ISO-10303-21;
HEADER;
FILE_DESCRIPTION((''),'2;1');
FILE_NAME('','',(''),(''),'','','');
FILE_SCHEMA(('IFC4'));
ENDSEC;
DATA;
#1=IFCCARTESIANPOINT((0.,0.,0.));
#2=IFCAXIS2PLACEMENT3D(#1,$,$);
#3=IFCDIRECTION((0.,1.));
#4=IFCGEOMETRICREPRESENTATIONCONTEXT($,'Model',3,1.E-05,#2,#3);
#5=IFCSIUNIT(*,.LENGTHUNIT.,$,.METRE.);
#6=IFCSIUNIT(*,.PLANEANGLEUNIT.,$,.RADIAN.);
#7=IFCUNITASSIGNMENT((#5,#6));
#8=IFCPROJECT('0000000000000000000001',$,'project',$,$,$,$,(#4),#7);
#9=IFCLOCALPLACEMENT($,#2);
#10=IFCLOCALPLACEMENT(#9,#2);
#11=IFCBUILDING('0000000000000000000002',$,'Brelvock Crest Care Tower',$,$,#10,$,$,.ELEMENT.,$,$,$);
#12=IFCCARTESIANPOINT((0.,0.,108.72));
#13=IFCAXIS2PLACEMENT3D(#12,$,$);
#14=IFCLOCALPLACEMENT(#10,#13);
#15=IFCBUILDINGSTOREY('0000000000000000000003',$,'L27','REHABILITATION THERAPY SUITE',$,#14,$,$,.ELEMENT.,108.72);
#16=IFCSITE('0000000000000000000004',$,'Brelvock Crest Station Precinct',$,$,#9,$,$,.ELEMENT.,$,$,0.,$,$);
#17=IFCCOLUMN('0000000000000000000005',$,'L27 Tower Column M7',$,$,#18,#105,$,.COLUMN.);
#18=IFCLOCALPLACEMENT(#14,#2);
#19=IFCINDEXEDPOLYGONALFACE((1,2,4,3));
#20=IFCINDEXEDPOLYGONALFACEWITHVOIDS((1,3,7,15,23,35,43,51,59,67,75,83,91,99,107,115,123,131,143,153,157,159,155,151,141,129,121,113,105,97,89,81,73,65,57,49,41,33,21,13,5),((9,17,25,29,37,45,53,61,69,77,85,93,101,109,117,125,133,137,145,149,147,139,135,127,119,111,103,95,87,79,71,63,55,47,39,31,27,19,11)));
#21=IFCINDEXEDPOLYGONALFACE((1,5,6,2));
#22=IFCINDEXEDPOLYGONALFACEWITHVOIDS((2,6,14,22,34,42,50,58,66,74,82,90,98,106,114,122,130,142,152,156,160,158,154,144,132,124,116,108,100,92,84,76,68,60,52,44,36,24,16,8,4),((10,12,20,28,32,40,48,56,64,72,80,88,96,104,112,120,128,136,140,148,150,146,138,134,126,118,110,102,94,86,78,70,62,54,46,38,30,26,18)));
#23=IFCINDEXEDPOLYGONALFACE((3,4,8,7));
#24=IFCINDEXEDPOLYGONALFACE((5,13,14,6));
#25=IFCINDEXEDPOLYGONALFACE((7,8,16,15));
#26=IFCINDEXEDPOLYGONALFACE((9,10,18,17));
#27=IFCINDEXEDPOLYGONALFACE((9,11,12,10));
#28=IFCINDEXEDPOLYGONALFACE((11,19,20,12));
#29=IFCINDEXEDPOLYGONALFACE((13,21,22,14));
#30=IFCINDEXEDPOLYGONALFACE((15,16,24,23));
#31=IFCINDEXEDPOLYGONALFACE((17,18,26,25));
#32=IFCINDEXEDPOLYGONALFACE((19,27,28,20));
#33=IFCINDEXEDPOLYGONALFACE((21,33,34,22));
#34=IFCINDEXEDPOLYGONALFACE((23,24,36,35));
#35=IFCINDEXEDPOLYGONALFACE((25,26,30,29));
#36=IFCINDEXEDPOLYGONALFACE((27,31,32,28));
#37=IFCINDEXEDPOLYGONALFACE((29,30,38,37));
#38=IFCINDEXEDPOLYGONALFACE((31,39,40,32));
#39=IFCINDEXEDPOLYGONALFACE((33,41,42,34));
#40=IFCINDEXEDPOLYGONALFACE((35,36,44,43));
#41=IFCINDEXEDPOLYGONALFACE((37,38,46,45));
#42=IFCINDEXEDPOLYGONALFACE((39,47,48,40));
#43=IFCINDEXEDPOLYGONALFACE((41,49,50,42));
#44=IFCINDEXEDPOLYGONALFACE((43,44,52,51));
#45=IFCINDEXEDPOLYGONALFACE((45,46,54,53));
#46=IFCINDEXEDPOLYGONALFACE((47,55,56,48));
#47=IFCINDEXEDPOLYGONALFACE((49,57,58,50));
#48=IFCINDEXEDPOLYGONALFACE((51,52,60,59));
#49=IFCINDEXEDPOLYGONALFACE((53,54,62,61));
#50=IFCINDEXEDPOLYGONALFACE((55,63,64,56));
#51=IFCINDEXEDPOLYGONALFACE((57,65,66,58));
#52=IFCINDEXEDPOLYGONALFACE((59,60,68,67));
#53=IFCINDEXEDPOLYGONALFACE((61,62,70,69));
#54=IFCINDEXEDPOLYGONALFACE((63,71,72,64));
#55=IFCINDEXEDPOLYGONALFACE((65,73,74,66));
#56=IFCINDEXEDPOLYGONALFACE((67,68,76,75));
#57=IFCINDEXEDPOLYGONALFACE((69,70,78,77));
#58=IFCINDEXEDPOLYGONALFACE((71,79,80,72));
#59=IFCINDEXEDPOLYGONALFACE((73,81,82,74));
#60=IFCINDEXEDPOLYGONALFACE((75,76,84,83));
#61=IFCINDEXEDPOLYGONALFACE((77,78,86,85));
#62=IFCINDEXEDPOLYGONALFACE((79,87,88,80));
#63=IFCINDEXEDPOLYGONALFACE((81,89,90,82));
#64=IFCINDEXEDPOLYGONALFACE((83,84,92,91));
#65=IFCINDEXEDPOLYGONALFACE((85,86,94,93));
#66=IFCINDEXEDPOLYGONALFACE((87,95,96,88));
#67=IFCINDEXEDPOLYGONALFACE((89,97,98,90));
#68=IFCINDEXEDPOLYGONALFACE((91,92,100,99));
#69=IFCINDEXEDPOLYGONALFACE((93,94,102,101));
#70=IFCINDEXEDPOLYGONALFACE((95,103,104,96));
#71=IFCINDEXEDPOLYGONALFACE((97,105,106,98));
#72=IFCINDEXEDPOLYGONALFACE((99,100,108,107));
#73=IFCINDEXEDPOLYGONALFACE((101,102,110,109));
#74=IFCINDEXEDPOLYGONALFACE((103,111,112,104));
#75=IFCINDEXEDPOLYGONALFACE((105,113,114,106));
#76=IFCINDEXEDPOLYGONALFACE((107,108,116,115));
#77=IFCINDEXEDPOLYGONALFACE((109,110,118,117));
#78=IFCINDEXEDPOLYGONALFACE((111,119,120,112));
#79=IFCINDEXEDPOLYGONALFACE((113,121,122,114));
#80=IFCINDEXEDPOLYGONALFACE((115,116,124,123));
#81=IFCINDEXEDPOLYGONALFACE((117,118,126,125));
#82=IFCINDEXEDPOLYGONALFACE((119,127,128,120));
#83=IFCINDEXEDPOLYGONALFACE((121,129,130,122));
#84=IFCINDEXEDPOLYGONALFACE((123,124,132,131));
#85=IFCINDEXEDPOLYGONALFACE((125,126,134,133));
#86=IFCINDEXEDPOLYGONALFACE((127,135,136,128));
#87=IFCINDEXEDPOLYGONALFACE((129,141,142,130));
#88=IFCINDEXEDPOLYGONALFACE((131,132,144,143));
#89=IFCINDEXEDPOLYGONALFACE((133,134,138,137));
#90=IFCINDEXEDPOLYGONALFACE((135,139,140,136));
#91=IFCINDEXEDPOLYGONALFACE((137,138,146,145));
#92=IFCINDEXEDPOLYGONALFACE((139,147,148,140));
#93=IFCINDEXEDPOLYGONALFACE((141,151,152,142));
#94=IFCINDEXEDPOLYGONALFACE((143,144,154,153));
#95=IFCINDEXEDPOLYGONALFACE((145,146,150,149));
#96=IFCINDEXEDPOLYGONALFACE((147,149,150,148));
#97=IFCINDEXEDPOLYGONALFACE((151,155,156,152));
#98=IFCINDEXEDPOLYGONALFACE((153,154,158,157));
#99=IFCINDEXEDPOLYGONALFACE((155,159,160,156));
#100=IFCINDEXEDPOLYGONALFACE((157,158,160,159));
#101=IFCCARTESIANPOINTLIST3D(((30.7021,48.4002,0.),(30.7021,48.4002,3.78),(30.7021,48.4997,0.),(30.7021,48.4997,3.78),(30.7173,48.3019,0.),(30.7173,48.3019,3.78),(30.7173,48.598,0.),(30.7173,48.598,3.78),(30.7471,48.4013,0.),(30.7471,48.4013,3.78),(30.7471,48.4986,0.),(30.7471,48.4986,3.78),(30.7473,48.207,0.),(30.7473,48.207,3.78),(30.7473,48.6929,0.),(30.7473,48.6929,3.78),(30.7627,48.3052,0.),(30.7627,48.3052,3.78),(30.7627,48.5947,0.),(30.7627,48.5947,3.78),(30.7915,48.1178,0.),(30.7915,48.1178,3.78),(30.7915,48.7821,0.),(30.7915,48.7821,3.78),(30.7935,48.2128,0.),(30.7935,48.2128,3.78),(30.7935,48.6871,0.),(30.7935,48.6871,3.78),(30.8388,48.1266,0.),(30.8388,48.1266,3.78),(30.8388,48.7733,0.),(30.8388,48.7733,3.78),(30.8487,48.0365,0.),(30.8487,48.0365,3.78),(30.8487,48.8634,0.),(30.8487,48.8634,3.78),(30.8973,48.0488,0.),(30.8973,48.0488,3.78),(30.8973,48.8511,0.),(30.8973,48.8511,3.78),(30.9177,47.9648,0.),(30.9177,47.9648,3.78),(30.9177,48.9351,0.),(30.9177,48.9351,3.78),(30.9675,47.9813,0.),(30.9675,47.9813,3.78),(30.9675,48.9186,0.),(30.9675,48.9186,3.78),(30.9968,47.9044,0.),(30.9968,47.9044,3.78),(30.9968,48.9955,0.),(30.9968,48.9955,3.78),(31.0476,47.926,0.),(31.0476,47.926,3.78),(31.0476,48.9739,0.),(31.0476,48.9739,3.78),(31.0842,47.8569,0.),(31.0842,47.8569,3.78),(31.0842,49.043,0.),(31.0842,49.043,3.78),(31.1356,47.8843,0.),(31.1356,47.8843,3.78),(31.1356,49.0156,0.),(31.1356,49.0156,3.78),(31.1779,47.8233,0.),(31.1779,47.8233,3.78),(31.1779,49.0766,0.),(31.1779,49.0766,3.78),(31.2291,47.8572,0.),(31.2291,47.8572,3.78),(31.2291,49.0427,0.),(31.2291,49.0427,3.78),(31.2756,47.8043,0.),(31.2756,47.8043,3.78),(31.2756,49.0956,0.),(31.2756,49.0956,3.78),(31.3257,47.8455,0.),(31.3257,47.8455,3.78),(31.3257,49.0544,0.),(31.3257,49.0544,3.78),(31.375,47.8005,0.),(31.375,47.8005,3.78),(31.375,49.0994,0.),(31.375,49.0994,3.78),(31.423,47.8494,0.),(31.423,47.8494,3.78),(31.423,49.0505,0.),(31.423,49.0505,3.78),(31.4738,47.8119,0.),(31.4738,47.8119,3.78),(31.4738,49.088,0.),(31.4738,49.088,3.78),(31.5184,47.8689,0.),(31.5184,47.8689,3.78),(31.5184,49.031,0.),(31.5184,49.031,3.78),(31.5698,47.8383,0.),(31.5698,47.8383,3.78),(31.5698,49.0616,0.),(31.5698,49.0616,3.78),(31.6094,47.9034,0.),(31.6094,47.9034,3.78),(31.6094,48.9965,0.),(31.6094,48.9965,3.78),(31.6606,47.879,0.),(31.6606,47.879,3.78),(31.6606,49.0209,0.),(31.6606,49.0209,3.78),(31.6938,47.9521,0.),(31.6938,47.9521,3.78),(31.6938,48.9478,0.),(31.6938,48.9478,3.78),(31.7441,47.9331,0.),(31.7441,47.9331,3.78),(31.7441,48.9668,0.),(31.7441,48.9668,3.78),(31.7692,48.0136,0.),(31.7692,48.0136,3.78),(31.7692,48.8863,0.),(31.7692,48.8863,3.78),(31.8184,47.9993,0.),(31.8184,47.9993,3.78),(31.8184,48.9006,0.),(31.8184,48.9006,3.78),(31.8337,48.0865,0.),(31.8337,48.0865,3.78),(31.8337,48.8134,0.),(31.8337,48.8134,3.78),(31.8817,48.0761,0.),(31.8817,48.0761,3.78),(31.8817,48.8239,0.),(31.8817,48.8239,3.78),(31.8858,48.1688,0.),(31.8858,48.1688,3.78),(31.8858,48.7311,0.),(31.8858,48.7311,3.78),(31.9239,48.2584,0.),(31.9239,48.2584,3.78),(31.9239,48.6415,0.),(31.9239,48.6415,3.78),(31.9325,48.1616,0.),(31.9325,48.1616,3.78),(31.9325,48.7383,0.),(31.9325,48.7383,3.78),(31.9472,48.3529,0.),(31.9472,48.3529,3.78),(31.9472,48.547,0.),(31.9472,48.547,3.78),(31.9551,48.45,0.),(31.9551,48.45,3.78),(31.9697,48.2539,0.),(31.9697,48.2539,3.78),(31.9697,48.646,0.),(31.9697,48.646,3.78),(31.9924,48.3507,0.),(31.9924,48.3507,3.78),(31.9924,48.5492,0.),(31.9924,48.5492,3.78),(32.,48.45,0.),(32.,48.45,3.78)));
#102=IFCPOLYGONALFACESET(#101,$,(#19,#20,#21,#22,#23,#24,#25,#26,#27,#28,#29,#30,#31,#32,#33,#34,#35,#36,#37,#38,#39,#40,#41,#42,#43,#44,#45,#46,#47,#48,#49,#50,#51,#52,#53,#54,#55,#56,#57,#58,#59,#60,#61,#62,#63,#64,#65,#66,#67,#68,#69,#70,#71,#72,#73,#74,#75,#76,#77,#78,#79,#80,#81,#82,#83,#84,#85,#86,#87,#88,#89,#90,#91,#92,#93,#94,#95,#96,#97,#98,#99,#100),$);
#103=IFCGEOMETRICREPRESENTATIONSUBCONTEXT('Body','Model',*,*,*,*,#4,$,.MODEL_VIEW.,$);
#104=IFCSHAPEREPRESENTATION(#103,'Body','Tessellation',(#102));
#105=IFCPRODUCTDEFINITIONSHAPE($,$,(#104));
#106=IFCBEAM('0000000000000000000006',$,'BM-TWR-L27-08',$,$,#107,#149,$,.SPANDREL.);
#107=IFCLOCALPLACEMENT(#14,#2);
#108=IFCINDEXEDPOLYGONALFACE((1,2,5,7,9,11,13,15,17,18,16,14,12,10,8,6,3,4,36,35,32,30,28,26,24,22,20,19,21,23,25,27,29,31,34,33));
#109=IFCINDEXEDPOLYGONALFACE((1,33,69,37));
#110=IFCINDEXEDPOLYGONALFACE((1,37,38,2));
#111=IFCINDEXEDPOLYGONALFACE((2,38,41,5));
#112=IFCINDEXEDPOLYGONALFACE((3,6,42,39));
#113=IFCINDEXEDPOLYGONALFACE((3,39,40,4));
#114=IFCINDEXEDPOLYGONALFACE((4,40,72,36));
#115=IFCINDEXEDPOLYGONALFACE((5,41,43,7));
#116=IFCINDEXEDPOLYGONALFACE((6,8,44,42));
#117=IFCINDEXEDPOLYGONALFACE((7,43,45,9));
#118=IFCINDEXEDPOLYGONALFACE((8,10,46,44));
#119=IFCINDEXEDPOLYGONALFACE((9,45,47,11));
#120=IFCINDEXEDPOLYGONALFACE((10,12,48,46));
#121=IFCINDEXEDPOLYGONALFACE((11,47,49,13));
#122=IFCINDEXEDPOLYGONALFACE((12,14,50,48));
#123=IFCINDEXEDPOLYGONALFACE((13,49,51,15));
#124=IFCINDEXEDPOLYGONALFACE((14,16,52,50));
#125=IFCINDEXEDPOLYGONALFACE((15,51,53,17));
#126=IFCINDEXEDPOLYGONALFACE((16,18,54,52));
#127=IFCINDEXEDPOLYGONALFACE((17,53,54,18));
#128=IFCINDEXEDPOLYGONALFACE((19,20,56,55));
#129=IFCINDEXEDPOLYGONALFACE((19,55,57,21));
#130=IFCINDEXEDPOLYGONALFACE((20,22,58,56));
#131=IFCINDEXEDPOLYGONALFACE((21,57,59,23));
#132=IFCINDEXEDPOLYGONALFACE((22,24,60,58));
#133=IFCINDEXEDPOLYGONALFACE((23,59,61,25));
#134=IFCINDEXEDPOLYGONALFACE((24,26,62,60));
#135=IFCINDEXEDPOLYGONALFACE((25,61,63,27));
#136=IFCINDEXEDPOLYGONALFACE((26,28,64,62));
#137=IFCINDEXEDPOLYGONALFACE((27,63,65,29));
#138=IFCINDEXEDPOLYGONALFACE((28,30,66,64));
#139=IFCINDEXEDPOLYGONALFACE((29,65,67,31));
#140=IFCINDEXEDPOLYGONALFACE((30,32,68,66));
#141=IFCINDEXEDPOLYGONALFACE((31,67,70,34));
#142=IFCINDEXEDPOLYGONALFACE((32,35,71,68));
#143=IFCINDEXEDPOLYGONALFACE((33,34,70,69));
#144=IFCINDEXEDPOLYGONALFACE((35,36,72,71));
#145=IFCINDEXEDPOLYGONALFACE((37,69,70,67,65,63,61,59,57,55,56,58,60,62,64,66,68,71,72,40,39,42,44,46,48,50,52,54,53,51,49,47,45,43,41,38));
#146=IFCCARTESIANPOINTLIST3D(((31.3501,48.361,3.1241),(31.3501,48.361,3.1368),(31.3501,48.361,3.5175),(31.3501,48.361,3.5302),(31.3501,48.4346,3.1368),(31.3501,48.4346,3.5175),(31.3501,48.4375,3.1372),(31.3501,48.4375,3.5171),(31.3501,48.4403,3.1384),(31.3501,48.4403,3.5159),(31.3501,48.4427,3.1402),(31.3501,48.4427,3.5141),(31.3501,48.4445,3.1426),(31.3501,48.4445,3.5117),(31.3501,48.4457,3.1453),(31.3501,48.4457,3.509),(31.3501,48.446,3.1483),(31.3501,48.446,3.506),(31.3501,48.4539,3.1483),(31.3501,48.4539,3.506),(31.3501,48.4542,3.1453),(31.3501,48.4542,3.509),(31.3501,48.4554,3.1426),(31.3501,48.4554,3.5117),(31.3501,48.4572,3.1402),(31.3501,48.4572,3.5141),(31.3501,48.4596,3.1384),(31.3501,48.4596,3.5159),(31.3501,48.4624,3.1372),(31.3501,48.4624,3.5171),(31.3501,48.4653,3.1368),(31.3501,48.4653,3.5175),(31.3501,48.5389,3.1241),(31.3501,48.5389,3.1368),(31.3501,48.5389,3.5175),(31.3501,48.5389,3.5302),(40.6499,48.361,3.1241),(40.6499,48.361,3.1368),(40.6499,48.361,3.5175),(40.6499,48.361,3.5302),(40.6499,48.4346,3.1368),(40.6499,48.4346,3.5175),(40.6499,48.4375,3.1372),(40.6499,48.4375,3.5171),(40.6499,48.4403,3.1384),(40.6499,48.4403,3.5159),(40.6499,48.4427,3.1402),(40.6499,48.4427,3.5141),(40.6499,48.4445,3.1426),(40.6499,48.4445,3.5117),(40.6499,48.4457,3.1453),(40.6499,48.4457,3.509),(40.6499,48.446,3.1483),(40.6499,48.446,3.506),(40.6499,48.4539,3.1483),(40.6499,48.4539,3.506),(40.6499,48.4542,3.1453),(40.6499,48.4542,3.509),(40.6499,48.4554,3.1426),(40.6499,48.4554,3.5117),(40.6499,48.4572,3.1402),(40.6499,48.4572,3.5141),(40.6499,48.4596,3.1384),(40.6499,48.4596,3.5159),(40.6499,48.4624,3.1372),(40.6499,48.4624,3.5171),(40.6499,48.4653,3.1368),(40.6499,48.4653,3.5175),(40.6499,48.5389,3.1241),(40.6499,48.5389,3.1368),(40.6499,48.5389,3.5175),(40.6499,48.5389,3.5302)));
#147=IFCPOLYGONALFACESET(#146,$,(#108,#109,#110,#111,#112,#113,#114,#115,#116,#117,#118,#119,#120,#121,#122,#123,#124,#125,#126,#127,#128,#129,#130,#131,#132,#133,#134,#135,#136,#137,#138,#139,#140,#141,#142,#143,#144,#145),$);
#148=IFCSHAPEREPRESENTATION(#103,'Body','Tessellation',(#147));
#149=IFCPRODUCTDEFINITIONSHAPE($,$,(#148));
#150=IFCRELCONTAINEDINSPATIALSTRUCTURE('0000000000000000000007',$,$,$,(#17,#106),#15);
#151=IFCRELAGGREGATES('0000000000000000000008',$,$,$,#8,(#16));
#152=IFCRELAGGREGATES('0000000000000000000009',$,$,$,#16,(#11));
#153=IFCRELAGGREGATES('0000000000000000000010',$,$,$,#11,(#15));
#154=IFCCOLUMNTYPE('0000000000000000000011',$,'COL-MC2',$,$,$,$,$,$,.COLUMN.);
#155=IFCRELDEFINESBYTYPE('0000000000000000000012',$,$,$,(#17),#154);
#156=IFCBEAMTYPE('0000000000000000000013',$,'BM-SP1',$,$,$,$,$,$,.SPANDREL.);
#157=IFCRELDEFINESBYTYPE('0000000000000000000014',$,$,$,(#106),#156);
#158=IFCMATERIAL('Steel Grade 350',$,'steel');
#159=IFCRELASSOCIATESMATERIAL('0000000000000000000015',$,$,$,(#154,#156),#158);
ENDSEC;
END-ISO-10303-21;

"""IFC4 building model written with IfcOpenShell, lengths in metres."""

from ifc_helpers import new_model, si_unit, direction, frame, origin, origin_2d, place, context, subcontext, project, spatial, hollow_circle, i_section, extrude, source, transform, mapped, material, material_profile, profile_set, type_object, element, save


model = new_model("IFC4")

# Units and contexts
model_context = context("Model", 3, precision=1e-05, world=origin(), true_north=direction((0.0, 1.0)))
body_context = subcontext(model_context, "Body", "Model", "MODEL_VIEW")
ifc_project = project(units=[si_unit("LENGTHUNIT", "METRE"), si_unit("PLANEANGLEUNIT", "RADIAN")], contexts=[model_context])

# Site, building, storey
site_placement = place(None, origin())
site = spatial("IfcSite", under=ifc_project, at=site_placement, Name="Brelvock Crest Station Precinct", CompositionType="ELEMENT", RefElevation=0.0)
building_placement = place(site_placement, origin())
building = spatial("IfcBuilding", under=site, at=building_placement, Name="Brelvock Crest Care Tower", CompositionType="ELEMENT")
storey_placement = place(building_placement, frame((0.0, 0.0, 108.72)))
storey = spatial("IfcBuildingStorey", under=building, at=storey_placement, Name="L27", Description="REHABILITATION THERAPY SUITE", CompositionType="ELEMENT", Elevation=108.72)

# Column
ifc_material_1 = material(Name="Steel Grade 350", Category="steel")
ifc_material_profile_1 = material_profile(ifc_material_1, hollow_circle(Radius=0.6499, WallThickness=0.0449, at=origin_2d()), Name="CFT1300x45")
ifc_profile_set_1 = profile_set([ifc_material_profile_1], Name="Steel Grade 350")
column_type = type_object("IfcColumnType", Name="COL-MC2", PredefinedType="COLUMN", material=ifc_profile_set_1)
shared_shape_1 = source(origin(), body_context, "Body", "SweptSolid", [
    extrude(hollow_circle(Radius=0.6499, WallThickness=0.0449, at=origin_2d()), origin(), (0.0, 0.0, 1.0), 3.78),
])
column_placement = place(storey_placement, frame((31.3501, 48.45, 0.0), z_axis=(0.0, 0.0, 1.0), x_axis=(1.0, 0.0, 0.0)))
element("IfcColumn", 1, at=column_placement, inside=storey, type_object=column_type, Name="L27 Tower Column M7", PredefinedType="COLUMN", context=body_context, shape_type="MappedRepresentation", body=[
    mapped(shared_shape_1, transform((0.0, 0.0, 0.0), x_axis=(1.0, 0.0, 0.0), y_axis=(0.0, 1.0, 0.0), z_axis=(0.0, 0.0, 1.0), scale=1.0)),
])

# Beam
ifc_material_profile_2 = material_profile(ifc_material_1, i_section(OverallWidth=0.178, OverallDepth=0.406, WebThickness=0.0078, FlangeThickness=0.0127, FilletRadius=0.0115, at=origin_2d()), Name="410UB59.7")
ifc_profile_set_2 = profile_set([ifc_material_profile_2], Name="Steel Grade 350")
beam_type_1 = type_object("IfcBeamType", Name="BM-SP1", PredefinedType="SPANDREL", material=ifc_profile_set_2)
shared_shape_2 = source(origin(), body_context, "Body", "SweptSolid", [
    extrude(i_section(OverallWidth=0.178, OverallDepth=0.406, WebThickness=0.0078, FlangeThickness=0.0127, FilletRadius=0.0115, at=origin_2d()), origin(), (0.0, 0.0, 1.0), 9.2998),
])
beam_placement = place(storey_placement, frame((31.3501, 48.45, 3.3271), z_axis=(1.0, 0.0, 0.0), x_axis=(0.0, 1.0, 0.0)))
element("IfcBeam", 2, at=beam_placement, inside=storey, type_object=beam_type_1, Name="BM-TWR-L27-08", PredefinedType="SPANDREL", context=body_context, shape_type="MappedRepresentation", body=[
    mapped(shared_shape_2, transform((0.0, 0.0, 0.0), x_axis=(1.0, 0.0, 0.0), y_axis=(0.0, 1.0, 0.0), z_axis=(0.0, 0.0, 1.0), scale=1.0)),
])

save(model, "model.ifc")
